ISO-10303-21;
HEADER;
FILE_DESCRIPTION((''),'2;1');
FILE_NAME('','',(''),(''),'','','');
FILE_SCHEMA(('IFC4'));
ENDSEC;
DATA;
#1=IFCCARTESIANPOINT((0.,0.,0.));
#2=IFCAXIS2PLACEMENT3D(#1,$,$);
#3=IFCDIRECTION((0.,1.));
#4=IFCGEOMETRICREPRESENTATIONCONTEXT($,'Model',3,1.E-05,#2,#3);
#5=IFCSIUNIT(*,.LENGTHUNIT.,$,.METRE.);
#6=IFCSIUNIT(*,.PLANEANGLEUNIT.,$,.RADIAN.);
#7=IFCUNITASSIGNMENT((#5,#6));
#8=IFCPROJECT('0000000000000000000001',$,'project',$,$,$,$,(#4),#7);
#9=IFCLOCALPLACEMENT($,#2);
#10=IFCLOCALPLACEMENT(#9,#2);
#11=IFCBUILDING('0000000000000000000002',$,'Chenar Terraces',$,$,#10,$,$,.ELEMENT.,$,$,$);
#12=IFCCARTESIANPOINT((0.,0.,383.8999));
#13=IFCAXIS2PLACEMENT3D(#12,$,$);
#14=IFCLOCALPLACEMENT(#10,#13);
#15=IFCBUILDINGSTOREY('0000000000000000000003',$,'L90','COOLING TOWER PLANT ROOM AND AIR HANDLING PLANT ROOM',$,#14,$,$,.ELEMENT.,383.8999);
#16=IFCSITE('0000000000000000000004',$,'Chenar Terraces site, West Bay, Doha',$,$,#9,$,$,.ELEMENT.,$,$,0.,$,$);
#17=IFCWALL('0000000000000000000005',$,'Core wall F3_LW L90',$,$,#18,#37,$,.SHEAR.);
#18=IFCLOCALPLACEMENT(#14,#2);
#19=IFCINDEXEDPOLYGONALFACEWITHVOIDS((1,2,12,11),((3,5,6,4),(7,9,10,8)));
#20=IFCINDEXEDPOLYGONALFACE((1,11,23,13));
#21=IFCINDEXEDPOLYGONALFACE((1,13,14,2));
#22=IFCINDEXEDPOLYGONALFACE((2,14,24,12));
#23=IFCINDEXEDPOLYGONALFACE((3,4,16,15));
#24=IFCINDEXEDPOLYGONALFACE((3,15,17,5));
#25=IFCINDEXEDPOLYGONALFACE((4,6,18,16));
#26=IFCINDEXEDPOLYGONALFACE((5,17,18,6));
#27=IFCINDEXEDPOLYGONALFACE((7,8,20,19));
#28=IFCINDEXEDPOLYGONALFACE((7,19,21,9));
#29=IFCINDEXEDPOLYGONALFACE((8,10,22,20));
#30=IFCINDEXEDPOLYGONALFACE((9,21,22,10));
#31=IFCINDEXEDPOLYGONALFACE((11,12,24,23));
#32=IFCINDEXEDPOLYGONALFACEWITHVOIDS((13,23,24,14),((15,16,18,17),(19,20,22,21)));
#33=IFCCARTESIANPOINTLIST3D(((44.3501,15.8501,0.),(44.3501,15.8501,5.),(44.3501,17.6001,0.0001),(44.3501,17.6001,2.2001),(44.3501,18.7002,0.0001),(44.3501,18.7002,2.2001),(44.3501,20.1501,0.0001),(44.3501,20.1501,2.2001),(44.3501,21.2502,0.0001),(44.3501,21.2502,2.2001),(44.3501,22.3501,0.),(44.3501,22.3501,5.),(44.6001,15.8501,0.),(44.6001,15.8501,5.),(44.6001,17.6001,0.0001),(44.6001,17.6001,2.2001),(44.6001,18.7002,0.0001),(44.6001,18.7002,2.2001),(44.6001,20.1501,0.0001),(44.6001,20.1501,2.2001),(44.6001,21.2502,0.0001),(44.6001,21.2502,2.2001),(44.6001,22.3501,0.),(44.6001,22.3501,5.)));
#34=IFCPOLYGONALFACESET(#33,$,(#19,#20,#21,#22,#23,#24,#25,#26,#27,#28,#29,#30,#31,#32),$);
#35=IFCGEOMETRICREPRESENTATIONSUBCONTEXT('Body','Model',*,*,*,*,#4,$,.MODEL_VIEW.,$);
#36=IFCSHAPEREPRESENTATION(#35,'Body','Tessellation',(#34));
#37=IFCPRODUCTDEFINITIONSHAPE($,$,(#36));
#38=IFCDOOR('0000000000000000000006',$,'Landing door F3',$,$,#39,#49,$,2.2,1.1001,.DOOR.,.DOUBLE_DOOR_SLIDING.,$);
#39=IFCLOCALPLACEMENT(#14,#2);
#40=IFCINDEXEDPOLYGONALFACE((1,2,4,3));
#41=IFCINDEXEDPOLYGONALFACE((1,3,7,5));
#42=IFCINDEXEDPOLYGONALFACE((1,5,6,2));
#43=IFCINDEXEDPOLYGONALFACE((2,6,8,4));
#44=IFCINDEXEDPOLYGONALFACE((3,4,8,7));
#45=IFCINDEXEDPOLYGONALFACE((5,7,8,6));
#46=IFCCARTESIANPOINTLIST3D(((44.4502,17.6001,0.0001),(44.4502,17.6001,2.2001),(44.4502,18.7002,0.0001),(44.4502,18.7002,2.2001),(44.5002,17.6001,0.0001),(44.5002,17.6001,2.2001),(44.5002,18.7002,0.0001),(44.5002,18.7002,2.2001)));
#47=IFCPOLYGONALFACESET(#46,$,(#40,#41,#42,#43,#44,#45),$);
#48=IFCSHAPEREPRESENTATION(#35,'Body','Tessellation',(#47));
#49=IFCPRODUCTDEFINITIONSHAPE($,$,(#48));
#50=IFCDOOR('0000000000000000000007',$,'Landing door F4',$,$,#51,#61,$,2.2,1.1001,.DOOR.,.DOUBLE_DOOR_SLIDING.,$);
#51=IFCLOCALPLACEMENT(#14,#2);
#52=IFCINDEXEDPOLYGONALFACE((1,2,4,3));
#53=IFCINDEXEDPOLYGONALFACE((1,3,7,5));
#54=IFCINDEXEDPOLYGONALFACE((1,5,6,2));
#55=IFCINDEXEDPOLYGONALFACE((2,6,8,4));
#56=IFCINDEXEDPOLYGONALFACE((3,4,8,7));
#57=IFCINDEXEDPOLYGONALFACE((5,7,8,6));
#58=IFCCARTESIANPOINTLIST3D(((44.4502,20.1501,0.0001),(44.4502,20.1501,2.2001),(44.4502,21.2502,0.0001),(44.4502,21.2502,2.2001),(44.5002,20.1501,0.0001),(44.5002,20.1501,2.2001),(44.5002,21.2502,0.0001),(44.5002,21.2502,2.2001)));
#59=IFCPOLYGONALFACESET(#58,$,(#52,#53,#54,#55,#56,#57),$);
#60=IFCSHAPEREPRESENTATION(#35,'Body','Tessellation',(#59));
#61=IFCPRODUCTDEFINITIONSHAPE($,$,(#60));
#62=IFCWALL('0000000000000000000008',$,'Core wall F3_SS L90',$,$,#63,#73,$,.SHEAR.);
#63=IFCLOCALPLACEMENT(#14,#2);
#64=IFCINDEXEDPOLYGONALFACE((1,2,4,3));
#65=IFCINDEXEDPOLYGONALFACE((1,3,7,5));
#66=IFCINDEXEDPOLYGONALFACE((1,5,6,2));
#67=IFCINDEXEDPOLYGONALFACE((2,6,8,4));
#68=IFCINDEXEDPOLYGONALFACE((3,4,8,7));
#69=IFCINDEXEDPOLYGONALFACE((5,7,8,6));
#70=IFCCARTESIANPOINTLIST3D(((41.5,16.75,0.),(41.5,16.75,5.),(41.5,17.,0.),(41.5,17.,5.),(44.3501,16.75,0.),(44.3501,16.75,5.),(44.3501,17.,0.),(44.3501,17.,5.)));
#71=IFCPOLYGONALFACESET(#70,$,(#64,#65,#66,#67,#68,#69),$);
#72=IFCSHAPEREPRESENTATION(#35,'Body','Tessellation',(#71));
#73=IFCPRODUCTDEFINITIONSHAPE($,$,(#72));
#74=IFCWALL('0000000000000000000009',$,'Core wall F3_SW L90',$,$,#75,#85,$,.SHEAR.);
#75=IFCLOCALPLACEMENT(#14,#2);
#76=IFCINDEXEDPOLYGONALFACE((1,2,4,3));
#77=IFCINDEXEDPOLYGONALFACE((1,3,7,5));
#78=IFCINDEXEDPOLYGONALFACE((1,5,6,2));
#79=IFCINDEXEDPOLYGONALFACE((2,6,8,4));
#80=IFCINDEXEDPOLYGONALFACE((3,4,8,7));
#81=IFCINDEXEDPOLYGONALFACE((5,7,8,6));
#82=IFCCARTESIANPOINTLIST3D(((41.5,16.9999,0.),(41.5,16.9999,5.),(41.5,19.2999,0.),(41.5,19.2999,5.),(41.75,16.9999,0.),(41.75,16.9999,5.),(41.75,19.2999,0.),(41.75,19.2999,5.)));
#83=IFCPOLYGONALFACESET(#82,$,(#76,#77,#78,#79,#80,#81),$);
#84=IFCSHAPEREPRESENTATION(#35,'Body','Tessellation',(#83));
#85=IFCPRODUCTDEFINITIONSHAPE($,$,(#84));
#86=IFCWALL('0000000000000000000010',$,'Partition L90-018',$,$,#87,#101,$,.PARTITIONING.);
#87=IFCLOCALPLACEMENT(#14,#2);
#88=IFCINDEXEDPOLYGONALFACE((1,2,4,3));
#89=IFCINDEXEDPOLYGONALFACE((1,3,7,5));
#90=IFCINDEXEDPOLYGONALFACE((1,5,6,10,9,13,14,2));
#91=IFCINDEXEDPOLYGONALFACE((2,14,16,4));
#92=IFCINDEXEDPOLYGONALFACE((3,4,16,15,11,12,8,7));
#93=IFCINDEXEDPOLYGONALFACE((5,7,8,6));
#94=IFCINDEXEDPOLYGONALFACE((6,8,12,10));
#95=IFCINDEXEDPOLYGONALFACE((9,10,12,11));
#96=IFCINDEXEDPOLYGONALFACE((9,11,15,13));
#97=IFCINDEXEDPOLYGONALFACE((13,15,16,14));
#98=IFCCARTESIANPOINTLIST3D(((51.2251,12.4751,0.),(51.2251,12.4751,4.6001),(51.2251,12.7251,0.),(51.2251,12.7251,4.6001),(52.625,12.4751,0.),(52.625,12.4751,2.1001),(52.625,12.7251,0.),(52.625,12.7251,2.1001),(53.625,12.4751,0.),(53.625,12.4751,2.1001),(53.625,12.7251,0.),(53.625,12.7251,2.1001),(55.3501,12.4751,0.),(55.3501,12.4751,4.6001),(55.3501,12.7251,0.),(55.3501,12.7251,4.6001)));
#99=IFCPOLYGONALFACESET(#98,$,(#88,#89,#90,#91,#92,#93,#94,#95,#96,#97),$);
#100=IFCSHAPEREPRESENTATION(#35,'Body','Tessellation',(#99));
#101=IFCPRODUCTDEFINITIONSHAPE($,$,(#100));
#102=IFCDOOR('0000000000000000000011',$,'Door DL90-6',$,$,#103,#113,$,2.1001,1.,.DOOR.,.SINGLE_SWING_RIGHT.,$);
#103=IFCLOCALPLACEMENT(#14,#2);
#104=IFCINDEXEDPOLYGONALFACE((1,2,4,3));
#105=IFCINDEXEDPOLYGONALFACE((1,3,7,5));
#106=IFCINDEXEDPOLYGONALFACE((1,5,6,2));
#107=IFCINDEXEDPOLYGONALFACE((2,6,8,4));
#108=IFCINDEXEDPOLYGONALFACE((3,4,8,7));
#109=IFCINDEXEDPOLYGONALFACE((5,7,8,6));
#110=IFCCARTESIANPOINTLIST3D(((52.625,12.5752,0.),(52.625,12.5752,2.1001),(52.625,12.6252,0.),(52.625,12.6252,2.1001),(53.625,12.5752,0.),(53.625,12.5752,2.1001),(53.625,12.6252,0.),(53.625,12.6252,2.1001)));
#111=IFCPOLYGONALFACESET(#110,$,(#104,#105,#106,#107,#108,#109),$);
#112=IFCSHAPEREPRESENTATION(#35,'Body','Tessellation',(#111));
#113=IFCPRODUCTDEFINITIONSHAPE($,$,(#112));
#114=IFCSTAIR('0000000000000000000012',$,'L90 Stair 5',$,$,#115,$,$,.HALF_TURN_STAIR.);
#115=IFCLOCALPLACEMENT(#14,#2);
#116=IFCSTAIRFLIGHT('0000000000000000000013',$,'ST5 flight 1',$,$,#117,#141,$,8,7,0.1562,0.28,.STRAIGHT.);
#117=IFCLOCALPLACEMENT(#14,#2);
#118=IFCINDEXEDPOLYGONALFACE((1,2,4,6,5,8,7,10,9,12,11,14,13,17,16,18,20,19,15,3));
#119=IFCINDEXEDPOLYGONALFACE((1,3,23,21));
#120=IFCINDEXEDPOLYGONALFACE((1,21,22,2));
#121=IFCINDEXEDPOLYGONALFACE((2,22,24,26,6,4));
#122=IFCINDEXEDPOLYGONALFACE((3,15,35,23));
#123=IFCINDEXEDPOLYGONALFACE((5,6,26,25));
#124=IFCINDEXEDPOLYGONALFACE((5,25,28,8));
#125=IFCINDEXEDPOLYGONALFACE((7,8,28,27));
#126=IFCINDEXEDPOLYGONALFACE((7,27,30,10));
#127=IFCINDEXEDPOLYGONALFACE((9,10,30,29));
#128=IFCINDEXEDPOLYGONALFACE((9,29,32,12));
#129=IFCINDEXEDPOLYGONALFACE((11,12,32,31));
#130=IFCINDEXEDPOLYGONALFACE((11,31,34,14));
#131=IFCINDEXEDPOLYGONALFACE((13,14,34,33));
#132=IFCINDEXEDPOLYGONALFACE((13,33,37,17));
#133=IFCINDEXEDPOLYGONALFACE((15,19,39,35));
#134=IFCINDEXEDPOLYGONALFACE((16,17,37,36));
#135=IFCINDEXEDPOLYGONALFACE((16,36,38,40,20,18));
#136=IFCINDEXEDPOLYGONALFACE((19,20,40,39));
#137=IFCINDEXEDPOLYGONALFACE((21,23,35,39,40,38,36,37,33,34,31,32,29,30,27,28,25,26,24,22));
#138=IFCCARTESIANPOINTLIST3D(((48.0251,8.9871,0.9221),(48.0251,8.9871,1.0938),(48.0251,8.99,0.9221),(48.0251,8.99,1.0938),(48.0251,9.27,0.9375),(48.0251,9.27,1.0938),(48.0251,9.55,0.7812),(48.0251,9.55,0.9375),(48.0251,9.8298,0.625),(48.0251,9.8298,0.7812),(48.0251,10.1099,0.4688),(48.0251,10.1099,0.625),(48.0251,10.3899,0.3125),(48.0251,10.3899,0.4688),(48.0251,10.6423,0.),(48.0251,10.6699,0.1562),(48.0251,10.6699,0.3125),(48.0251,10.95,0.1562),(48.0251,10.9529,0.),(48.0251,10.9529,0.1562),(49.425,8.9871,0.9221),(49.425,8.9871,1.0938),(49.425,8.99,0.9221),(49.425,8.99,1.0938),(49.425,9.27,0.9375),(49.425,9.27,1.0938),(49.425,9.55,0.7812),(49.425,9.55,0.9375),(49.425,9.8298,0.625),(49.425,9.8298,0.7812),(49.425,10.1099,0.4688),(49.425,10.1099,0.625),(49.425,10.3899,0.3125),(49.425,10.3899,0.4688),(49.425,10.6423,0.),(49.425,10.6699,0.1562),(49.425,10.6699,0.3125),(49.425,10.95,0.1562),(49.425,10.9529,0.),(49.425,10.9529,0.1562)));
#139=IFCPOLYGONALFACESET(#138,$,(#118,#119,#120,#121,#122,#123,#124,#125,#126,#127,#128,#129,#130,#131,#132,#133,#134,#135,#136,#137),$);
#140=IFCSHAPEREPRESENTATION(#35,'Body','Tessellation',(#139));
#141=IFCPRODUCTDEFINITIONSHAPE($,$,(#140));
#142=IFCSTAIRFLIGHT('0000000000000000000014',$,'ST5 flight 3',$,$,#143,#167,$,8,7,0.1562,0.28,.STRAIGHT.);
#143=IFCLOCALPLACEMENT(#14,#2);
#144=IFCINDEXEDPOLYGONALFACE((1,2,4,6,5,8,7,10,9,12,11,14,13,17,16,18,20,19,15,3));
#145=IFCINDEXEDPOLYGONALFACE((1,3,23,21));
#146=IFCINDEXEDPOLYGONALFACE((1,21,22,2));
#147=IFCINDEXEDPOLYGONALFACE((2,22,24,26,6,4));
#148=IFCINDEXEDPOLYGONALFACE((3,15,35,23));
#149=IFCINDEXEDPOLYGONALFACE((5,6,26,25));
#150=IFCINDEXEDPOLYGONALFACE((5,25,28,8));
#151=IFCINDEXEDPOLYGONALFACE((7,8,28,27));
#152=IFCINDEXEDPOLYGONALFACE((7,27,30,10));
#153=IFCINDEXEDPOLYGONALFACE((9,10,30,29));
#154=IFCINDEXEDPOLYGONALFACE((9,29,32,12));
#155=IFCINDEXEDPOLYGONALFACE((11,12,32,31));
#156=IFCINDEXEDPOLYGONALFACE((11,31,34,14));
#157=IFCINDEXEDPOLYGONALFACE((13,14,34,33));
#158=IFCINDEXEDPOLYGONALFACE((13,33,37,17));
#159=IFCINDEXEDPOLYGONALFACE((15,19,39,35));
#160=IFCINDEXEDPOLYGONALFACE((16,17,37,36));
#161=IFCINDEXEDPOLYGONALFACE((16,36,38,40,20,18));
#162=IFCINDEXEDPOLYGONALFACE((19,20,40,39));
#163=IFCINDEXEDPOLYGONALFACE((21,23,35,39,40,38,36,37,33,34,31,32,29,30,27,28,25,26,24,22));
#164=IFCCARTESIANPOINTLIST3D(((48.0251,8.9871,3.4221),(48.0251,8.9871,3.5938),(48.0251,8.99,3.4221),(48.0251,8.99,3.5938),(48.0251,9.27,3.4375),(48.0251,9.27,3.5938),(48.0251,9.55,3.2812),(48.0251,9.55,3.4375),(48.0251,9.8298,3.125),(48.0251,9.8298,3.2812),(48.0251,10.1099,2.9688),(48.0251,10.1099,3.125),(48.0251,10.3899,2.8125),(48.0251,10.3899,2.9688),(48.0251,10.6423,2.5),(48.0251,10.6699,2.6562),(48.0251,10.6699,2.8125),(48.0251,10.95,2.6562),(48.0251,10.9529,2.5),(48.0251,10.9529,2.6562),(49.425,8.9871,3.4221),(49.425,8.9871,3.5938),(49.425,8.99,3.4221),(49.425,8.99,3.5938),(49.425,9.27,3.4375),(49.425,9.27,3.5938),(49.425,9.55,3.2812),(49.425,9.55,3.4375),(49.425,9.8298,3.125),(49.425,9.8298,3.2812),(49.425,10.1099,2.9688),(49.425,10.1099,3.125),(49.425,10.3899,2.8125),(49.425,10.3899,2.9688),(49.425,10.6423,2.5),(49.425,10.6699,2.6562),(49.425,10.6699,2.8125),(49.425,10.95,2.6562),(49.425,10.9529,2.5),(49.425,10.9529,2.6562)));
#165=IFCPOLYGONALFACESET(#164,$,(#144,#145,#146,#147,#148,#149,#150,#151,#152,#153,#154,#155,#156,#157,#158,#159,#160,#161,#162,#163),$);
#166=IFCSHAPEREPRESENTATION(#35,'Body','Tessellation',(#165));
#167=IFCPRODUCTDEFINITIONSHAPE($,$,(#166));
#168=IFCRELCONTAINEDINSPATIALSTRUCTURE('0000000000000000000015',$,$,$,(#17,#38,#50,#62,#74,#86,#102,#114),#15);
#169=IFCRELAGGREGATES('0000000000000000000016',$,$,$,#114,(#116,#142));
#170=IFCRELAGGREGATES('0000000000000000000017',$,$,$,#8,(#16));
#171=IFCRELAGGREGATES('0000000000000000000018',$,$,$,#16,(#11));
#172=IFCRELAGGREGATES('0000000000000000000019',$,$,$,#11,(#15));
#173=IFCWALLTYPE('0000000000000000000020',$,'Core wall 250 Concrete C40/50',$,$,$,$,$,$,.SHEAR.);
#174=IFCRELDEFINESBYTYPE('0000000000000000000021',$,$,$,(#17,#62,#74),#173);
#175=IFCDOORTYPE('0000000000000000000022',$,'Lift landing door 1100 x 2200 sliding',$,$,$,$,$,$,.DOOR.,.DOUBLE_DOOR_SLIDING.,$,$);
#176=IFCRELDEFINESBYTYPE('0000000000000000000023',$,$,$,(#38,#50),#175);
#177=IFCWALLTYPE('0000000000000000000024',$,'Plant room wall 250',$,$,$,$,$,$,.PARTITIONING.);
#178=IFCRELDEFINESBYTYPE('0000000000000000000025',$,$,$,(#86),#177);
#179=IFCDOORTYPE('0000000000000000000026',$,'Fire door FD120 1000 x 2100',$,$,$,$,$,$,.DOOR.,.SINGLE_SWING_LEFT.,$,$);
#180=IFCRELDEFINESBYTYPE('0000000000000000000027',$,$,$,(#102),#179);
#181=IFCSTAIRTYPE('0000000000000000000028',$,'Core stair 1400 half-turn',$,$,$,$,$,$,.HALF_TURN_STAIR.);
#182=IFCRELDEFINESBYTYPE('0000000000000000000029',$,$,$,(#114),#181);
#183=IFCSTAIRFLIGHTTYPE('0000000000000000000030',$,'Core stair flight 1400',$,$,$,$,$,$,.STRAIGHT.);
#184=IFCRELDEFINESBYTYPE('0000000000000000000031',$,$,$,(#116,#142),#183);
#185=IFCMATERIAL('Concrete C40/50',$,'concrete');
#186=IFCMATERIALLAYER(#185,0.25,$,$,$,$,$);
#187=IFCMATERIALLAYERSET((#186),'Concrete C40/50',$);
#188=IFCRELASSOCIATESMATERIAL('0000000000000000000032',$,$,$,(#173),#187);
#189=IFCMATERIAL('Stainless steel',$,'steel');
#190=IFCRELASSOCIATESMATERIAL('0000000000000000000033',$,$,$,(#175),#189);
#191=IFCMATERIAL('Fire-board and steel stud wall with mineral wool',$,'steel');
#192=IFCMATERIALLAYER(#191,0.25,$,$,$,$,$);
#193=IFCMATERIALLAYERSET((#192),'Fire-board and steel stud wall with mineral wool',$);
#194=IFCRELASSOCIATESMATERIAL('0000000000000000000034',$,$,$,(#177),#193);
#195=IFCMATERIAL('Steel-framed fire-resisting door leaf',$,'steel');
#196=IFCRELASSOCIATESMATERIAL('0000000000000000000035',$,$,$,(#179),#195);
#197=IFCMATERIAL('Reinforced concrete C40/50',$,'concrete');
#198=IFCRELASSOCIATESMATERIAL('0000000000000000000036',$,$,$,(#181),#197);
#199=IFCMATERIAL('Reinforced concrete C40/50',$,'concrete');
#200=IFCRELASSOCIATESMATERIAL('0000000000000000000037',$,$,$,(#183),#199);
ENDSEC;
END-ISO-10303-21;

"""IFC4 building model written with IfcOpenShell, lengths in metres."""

from ifc_helpers import new_model, si_unit, direction, frame, frame_2d, origin, place, context, subcontext, project, spatial, polyline, rectangle, outline, extrude, material, layer, layer_set, type_object, element, fill, aggregate, save


model = new_model("IFC4")

# Units and contexts
model_context = context("Model", 3, precision=1e-05, world=origin(), true_north=direction((0.0, 1.0)))
body_context = subcontext(model_context, "Body", "Model", "MODEL_VIEW")
ifc_project = project(units=[si_unit("LENGTHUNIT", "METRE"), si_unit("PLANEANGLEUNIT", "RADIAN")], contexts=[model_context])

# Site, building, storey
site_placement = place(None, origin())
site = spatial("IfcSite", under=ifc_project, at=site_placement, Name="Chenar Terraces site, West Bay, Doha", CompositionType="ELEMENT", RefElevation=0.0)
building_placement = place(site_placement, origin())
building = spatial("IfcBuilding", under=site, at=building_placement, Name="Chenar Terraces", CompositionType="ELEMENT")
storey_placement = place(building_placement, frame((0.0, 0.0, 383.8999)))
storey = spatial("IfcBuildingStorey", under=building, at=storey_placement, Name="L90", Description="COOLING TOWER PLANT ROOM AND AIR HANDLING PLANT ROOM", CompositionType="ELEMENT", Elevation=383.8999)

# Shared definitions
ifc_material_1 = material(Name="Concrete C40/50", Category="concrete")
ifc_layer_1 = layer(ifc_material_1, 0.25)
ifc_layer_set_1 = layer_set([ifc_layer_1], Name="Concrete C40/50")
wall_type_1 = type_object("IfcWallType", Name="Core wall 250 Concrete C40/50", PredefinedType="SHEAR", material=ifc_layer_set_1)

# Wall, openings, doors
wall_1_placement = place(storey_placement, frame((44.4751, 15.8501, 0.0), z_axis=(0.0, 0.0, 1.0), x_axis=(0.0, 1.0, 0.0)))
wall_1 = element("IfcWall", 1, at=wall_1_placement, inside=storey, type_object=wall_type_1, Name="Core wall F3_LW L90", PredefinedType="SHEAR", context=body_context, shape_type="SweptSolid", body=[
    extrude(rectangle(XDim=6.5, YDim=0.25, at=frame_2d((3.25, 0.0))), origin(), (0.0, 0.0, 1.0), 5.0),
])
opening_1_placement = place(wall_1_placement, frame((1.75, 0.0, 0.0)))
opening_1 = element("IfcOpeningElement", 2, at=opening_1_placement, cuts=wall_1, PredefinedType="OPENING", context=body_context, shape_type="SweptSolid", body=[
    extrude(rectangle(XDim=1.1001, YDim=2.2, at=frame_2d((0.55, 1.1001))), frame((0.0, 0.135, 0.0), z_axis=(0.0, -1.0, 0.0), x_axis=(1.0, 0.0, 0.0)), (0.0, 0.0, 1.0), 0.27),
])
opening_2_placement = place(wall_1_placement, frame((4.3, 0.0, 0.0)))
opening_2 = element("IfcOpeningElement", 3, at=opening_2_placement, cuts=wall_1, PredefinedType="OPENING", context=body_context, shape_type="SweptSolid", body=[
    extrude(rectangle(XDim=1.1001, YDim=2.2, at=frame_2d((0.55, 1.1001))), frame((0.0, 0.135, 0.0), z_axis=(0.0, -1.0, 0.0), x_axis=(1.0, 0.0, 0.0)), (0.0, 0.0, 1.0), 0.27),
])
ifc_material_2 = material(Name="Stainless steel", Category="steel")
door_type_1 = type_object("IfcDoorType", Name="Lift landing door 1100 x 2200 sliding", OperationType="DOUBLE_DOOR_SLIDING", PredefinedType="DOOR", material=ifc_material_2)
door_1_placement = place(opening_1_placement, origin())
door_1 = element("IfcDoor", 4, at=door_1_placement, inside=storey, type_object=door_type_1, Name="Landing door F3", OperationType="DOUBLE_DOOR_SLIDING", OverallHeight=2.2, OverallWidth=1.1001, PredefinedType="DOOR", context=body_context, shape_type="SweptSolid", body=[
    extrude(rectangle(XDim=1.1001, YDim=2.2, at=frame_2d((0.55, 1.1001))), frame((0.0, 0.0249, 0.0), z_axis=(0.0, -1.0, 0.0), x_axis=(1.0, 0.0, 0.0)), (0.0, 0.0, 1.0), 0.05),
])
fill(opening_1, door_1)
door_2_placement = place(opening_2_placement, origin())
door_2 = element("IfcDoor", 5, at=door_2_placement, inside=storey, type_object=door_type_1, Name="Landing door F4", OperationType="DOUBLE_DOOR_SLIDING", OverallHeight=2.2, OverallWidth=1.1001, PredefinedType="DOOR", context=body_context, shape_type="SweptSolid", body=[
    extrude(rectangle(XDim=1.1001, YDim=2.2, at=frame_2d((0.55, 1.1001))), frame((0.0, 0.0249, 0.0), z_axis=(0.0, -1.0, 0.0), x_axis=(1.0, 0.0, 0.0)), (0.0, 0.0, 1.0), 0.05),
])
fill(opening_2, door_2)

# Walls
wall_2_placement = place(storey_placement, frame((41.5, 16.875, 0.0), z_axis=(0.0, 0.0, 1.0), x_axis=(1.0, 0.0, 0.0)))
element("IfcWall", 6, at=wall_2_placement, inside=storey, type_object=wall_type_1, Name="Core wall F3_SS L90", PredefinedType="SHEAR", context=body_context, shape_type="SweptSolid", body=[
    extrude(rectangle(XDim=2.8501, YDim=0.25, at=frame_2d((1.425, 0.0))), origin(), (0.0, 0.0, 1.0), 5.0),
])
wall_3_placement = place(storey_placement, frame((41.625, 17.0, 0.0), z_axis=(0.0, 0.0, 1.0), x_axis=(0.0, 1.0, 0.0)))
element("IfcWall", 7, at=wall_3_placement, inside=storey, type_object=wall_type_1, Name="Core wall F3_SW L90", PredefinedType="SHEAR", context=body_context, shape_type="SweptSolid", body=[
    extrude(rectangle(XDim=2.3, YDim=0.25, at=frame_2d((1.1499, 0.0))), origin(), (0.0, 0.0, 1.0), 5.0),
])

# Wall, opening, door
ifc_material_3 = material(Name="Fire-board and steel stud wall with mineral wool", Category="steel")
ifc_layer_2 = layer(ifc_material_3, 0.25)
ifc_layer_set_2 = layer_set([ifc_layer_2], Name="Fire-board and steel stud wall with mineral wool")
wall_type_2 = type_object("IfcWallType", Name="Plant room wall 250", PredefinedType="PARTITIONING", material=ifc_layer_set_2)
wall_4_placement = place(storey_placement, frame((51.2251, 12.6001, 0.0), z_axis=(0.0, 0.0, 1.0), x_axis=(1.0, 0.0, 0.0)))
wall_4 = element("IfcWall", 8, at=wall_4_placement, inside=storey, type_object=wall_type_2, Name="Partition L90-018", PredefinedType="PARTITIONING", context=body_context, shape_type="SweptSolid", body=[
    extrude(rectangle(XDim=4.125, YDim=0.25, at=frame_2d((2.0625, 0.0))), origin(), (0.0, 0.0, 1.0), 4.6001),
])
opening_3_placement = place(wall_4_placement, frame((1.3999, 0.0, 0.0)))
opening_3 = element("IfcOpeningElement", 9, at=opening_3_placement, cuts=wall_4, PredefinedType="OPENING", context=body_context, shape_type="SweptSolid", body=[
    extrude(rectangle(XDim=1.0, YDim=2.1001, at=frame_2d((0.5, 1.05))), frame((0.0, 0.135, 0.0), z_axis=(0.0, -1.0, 0.0), x_axis=(1.0, 0.0, 0.0)), (0.0, 0.0, 1.0), 0.27),
])
ifc_material_4 = material(Name="Steel-framed fire-resisting door leaf", Category="steel")
door_type_2 = type_object("IfcDoorType", Name="Fire door FD120 1000 x 2100", OperationType="SINGLE_SWING_LEFT", PredefinedType="DOOR", material=ifc_material_4)
door_3_placement = place(opening_3_placement, frame((1.0, 0.0, 0.0), z_axis=(0.0, 0.0, 1.0), x_axis=(-1.0, 0.0, 0.0)))
door_3 = element("IfcDoor", 10, at=door_3_placement, inside=storey, type_object=door_type_2, Name="Door DL90-6", OperationType="SINGLE_SWING_RIGHT", OverallHeight=2.1001, OverallWidth=1.0, PredefinedType="DOOR", context=body_context, shape_type="SweptSolid", body=[
    extrude(rectangle(XDim=1.0, YDim=2.1001, at=frame_2d((0.5, 1.05))), frame((0.0, 0.0249, 0.0), z_axis=(0.0, -1.0, 0.0), x_axis=(1.0, 0.0, 0.0)), (0.0, 0.0, 1.0), 0.05),
])
fill(opening_3, door_3)

# Stair, stair flights
ifc_material_5 = material(Name="Reinforced concrete C40/50", Category="concrete")
stair_type = type_object("IfcStairType", Name="Core stair 1400 half-turn", PredefinedType="HALF_TURN_STAIR", material=ifc_material_5)
stair_placement = place(storey_placement, origin())
stair = element("IfcStair", 11, at=stair_placement, inside=storey, type_object=stair_type, Name="L90 Stair 5", PredefinedType="HALF_TURN_STAIR")
ifc_material_6 = material(Name="Reinforced concrete C40/50", Category="concrete")
stair_flight_type = type_object("IfcStairFlightType", Name="Core stair flight 1400", PredefinedType="STRAIGHT", material=ifc_material_6)
stair_flight_1_placement = place(storey_placement, frame((48.7251, 10.95, 0.0), z_axis=(0.0, 0.0, 1.0), x_axis=(0.0, -1.0, 0.0)))
stair_flight_1 = element("IfcStairFlight", 12, at=stair_flight_1_placement, type_object=stair_flight_type, Name="ST5 flight 1", NumberOfRisers=8, NumberOfTreads=7, PredefinedType="STRAIGHT", RiserHeight=0.1562, TreadLength=0.28, context=body_context, shape_type="SweptSolid", body=[
    extrude(outline(polyline([(-0.0029, 0.0), (-0.0029, 0.1562), (0.0, 0.1562), (0.28, 0.1562), (0.28, 0.3125), (0.5601, 0.3125), (0.5601, 0.4688), (0.8401, 0.4688), (0.8401, 0.625), (1.1201, 0.625), (1.1201, 0.7812), (1.3999, 0.7812), (1.3999, 0.9375), (1.6799, 0.9375), (1.6799, 1.0938), (1.96, 1.0938), (1.9629, 1.0938), (1.9629, 0.9221), (1.96, 0.9221), (0.3076, 0.0), (-0.0029, 0.0)])), frame((0.0, 0.7, 0.0), z_axis=(0.0, -1.0, 0.0), x_axis=(1.0, 0.0, 0.0)), (0.0, 0.0, 1.0), 1.3999),
])
stair_flight_2_placement = place(storey_placement, frame((48.7251, 10.95, 2.5), z_axis=(0.0, 0.0, 1.0), x_axis=(0.0, -1.0, 0.0)))
stair_flight_2 = element("IfcStairFlight", 13, at=stair_flight_2_placement, type_object=stair_flight_type, Name="ST5 flight 3", NumberOfRisers=8, NumberOfTreads=7, PredefinedType="STRAIGHT", RiserHeight=0.1562, TreadLength=0.28, context=body_context, shape_type="SweptSolid", body=[
    extrude(outline(polyline([(-0.0029, 0.0), (-0.0029, 0.1562), (0.0, 0.1562), (0.28, 0.1562), (0.28, 0.3125), (0.5601, 0.3125), (0.5601, 0.4688), (0.8401, 0.4688), (0.8401, 0.625), (1.1201, 0.625), (1.1201, 0.7812), (1.3999, 0.7812), (1.3999, 0.9375), (1.6799, 0.9375), (1.6799, 1.0938), (1.96, 1.0938), (1.9629, 1.0938), (1.9629, 0.9221), (1.96, 0.9221), (0.3076, 0.0), (-0.0029, 0.0)])), frame((0.0, 0.7, 0.0), z_axis=(0.0, -1.0, 0.0), x_axis=(1.0, 0.0, 0.0)), (0.0, 0.0, 1.0), 1.3999),
])
aggregate(stair, [stair_flight_1, stair_flight_2])

save(model, "model.ifc")
